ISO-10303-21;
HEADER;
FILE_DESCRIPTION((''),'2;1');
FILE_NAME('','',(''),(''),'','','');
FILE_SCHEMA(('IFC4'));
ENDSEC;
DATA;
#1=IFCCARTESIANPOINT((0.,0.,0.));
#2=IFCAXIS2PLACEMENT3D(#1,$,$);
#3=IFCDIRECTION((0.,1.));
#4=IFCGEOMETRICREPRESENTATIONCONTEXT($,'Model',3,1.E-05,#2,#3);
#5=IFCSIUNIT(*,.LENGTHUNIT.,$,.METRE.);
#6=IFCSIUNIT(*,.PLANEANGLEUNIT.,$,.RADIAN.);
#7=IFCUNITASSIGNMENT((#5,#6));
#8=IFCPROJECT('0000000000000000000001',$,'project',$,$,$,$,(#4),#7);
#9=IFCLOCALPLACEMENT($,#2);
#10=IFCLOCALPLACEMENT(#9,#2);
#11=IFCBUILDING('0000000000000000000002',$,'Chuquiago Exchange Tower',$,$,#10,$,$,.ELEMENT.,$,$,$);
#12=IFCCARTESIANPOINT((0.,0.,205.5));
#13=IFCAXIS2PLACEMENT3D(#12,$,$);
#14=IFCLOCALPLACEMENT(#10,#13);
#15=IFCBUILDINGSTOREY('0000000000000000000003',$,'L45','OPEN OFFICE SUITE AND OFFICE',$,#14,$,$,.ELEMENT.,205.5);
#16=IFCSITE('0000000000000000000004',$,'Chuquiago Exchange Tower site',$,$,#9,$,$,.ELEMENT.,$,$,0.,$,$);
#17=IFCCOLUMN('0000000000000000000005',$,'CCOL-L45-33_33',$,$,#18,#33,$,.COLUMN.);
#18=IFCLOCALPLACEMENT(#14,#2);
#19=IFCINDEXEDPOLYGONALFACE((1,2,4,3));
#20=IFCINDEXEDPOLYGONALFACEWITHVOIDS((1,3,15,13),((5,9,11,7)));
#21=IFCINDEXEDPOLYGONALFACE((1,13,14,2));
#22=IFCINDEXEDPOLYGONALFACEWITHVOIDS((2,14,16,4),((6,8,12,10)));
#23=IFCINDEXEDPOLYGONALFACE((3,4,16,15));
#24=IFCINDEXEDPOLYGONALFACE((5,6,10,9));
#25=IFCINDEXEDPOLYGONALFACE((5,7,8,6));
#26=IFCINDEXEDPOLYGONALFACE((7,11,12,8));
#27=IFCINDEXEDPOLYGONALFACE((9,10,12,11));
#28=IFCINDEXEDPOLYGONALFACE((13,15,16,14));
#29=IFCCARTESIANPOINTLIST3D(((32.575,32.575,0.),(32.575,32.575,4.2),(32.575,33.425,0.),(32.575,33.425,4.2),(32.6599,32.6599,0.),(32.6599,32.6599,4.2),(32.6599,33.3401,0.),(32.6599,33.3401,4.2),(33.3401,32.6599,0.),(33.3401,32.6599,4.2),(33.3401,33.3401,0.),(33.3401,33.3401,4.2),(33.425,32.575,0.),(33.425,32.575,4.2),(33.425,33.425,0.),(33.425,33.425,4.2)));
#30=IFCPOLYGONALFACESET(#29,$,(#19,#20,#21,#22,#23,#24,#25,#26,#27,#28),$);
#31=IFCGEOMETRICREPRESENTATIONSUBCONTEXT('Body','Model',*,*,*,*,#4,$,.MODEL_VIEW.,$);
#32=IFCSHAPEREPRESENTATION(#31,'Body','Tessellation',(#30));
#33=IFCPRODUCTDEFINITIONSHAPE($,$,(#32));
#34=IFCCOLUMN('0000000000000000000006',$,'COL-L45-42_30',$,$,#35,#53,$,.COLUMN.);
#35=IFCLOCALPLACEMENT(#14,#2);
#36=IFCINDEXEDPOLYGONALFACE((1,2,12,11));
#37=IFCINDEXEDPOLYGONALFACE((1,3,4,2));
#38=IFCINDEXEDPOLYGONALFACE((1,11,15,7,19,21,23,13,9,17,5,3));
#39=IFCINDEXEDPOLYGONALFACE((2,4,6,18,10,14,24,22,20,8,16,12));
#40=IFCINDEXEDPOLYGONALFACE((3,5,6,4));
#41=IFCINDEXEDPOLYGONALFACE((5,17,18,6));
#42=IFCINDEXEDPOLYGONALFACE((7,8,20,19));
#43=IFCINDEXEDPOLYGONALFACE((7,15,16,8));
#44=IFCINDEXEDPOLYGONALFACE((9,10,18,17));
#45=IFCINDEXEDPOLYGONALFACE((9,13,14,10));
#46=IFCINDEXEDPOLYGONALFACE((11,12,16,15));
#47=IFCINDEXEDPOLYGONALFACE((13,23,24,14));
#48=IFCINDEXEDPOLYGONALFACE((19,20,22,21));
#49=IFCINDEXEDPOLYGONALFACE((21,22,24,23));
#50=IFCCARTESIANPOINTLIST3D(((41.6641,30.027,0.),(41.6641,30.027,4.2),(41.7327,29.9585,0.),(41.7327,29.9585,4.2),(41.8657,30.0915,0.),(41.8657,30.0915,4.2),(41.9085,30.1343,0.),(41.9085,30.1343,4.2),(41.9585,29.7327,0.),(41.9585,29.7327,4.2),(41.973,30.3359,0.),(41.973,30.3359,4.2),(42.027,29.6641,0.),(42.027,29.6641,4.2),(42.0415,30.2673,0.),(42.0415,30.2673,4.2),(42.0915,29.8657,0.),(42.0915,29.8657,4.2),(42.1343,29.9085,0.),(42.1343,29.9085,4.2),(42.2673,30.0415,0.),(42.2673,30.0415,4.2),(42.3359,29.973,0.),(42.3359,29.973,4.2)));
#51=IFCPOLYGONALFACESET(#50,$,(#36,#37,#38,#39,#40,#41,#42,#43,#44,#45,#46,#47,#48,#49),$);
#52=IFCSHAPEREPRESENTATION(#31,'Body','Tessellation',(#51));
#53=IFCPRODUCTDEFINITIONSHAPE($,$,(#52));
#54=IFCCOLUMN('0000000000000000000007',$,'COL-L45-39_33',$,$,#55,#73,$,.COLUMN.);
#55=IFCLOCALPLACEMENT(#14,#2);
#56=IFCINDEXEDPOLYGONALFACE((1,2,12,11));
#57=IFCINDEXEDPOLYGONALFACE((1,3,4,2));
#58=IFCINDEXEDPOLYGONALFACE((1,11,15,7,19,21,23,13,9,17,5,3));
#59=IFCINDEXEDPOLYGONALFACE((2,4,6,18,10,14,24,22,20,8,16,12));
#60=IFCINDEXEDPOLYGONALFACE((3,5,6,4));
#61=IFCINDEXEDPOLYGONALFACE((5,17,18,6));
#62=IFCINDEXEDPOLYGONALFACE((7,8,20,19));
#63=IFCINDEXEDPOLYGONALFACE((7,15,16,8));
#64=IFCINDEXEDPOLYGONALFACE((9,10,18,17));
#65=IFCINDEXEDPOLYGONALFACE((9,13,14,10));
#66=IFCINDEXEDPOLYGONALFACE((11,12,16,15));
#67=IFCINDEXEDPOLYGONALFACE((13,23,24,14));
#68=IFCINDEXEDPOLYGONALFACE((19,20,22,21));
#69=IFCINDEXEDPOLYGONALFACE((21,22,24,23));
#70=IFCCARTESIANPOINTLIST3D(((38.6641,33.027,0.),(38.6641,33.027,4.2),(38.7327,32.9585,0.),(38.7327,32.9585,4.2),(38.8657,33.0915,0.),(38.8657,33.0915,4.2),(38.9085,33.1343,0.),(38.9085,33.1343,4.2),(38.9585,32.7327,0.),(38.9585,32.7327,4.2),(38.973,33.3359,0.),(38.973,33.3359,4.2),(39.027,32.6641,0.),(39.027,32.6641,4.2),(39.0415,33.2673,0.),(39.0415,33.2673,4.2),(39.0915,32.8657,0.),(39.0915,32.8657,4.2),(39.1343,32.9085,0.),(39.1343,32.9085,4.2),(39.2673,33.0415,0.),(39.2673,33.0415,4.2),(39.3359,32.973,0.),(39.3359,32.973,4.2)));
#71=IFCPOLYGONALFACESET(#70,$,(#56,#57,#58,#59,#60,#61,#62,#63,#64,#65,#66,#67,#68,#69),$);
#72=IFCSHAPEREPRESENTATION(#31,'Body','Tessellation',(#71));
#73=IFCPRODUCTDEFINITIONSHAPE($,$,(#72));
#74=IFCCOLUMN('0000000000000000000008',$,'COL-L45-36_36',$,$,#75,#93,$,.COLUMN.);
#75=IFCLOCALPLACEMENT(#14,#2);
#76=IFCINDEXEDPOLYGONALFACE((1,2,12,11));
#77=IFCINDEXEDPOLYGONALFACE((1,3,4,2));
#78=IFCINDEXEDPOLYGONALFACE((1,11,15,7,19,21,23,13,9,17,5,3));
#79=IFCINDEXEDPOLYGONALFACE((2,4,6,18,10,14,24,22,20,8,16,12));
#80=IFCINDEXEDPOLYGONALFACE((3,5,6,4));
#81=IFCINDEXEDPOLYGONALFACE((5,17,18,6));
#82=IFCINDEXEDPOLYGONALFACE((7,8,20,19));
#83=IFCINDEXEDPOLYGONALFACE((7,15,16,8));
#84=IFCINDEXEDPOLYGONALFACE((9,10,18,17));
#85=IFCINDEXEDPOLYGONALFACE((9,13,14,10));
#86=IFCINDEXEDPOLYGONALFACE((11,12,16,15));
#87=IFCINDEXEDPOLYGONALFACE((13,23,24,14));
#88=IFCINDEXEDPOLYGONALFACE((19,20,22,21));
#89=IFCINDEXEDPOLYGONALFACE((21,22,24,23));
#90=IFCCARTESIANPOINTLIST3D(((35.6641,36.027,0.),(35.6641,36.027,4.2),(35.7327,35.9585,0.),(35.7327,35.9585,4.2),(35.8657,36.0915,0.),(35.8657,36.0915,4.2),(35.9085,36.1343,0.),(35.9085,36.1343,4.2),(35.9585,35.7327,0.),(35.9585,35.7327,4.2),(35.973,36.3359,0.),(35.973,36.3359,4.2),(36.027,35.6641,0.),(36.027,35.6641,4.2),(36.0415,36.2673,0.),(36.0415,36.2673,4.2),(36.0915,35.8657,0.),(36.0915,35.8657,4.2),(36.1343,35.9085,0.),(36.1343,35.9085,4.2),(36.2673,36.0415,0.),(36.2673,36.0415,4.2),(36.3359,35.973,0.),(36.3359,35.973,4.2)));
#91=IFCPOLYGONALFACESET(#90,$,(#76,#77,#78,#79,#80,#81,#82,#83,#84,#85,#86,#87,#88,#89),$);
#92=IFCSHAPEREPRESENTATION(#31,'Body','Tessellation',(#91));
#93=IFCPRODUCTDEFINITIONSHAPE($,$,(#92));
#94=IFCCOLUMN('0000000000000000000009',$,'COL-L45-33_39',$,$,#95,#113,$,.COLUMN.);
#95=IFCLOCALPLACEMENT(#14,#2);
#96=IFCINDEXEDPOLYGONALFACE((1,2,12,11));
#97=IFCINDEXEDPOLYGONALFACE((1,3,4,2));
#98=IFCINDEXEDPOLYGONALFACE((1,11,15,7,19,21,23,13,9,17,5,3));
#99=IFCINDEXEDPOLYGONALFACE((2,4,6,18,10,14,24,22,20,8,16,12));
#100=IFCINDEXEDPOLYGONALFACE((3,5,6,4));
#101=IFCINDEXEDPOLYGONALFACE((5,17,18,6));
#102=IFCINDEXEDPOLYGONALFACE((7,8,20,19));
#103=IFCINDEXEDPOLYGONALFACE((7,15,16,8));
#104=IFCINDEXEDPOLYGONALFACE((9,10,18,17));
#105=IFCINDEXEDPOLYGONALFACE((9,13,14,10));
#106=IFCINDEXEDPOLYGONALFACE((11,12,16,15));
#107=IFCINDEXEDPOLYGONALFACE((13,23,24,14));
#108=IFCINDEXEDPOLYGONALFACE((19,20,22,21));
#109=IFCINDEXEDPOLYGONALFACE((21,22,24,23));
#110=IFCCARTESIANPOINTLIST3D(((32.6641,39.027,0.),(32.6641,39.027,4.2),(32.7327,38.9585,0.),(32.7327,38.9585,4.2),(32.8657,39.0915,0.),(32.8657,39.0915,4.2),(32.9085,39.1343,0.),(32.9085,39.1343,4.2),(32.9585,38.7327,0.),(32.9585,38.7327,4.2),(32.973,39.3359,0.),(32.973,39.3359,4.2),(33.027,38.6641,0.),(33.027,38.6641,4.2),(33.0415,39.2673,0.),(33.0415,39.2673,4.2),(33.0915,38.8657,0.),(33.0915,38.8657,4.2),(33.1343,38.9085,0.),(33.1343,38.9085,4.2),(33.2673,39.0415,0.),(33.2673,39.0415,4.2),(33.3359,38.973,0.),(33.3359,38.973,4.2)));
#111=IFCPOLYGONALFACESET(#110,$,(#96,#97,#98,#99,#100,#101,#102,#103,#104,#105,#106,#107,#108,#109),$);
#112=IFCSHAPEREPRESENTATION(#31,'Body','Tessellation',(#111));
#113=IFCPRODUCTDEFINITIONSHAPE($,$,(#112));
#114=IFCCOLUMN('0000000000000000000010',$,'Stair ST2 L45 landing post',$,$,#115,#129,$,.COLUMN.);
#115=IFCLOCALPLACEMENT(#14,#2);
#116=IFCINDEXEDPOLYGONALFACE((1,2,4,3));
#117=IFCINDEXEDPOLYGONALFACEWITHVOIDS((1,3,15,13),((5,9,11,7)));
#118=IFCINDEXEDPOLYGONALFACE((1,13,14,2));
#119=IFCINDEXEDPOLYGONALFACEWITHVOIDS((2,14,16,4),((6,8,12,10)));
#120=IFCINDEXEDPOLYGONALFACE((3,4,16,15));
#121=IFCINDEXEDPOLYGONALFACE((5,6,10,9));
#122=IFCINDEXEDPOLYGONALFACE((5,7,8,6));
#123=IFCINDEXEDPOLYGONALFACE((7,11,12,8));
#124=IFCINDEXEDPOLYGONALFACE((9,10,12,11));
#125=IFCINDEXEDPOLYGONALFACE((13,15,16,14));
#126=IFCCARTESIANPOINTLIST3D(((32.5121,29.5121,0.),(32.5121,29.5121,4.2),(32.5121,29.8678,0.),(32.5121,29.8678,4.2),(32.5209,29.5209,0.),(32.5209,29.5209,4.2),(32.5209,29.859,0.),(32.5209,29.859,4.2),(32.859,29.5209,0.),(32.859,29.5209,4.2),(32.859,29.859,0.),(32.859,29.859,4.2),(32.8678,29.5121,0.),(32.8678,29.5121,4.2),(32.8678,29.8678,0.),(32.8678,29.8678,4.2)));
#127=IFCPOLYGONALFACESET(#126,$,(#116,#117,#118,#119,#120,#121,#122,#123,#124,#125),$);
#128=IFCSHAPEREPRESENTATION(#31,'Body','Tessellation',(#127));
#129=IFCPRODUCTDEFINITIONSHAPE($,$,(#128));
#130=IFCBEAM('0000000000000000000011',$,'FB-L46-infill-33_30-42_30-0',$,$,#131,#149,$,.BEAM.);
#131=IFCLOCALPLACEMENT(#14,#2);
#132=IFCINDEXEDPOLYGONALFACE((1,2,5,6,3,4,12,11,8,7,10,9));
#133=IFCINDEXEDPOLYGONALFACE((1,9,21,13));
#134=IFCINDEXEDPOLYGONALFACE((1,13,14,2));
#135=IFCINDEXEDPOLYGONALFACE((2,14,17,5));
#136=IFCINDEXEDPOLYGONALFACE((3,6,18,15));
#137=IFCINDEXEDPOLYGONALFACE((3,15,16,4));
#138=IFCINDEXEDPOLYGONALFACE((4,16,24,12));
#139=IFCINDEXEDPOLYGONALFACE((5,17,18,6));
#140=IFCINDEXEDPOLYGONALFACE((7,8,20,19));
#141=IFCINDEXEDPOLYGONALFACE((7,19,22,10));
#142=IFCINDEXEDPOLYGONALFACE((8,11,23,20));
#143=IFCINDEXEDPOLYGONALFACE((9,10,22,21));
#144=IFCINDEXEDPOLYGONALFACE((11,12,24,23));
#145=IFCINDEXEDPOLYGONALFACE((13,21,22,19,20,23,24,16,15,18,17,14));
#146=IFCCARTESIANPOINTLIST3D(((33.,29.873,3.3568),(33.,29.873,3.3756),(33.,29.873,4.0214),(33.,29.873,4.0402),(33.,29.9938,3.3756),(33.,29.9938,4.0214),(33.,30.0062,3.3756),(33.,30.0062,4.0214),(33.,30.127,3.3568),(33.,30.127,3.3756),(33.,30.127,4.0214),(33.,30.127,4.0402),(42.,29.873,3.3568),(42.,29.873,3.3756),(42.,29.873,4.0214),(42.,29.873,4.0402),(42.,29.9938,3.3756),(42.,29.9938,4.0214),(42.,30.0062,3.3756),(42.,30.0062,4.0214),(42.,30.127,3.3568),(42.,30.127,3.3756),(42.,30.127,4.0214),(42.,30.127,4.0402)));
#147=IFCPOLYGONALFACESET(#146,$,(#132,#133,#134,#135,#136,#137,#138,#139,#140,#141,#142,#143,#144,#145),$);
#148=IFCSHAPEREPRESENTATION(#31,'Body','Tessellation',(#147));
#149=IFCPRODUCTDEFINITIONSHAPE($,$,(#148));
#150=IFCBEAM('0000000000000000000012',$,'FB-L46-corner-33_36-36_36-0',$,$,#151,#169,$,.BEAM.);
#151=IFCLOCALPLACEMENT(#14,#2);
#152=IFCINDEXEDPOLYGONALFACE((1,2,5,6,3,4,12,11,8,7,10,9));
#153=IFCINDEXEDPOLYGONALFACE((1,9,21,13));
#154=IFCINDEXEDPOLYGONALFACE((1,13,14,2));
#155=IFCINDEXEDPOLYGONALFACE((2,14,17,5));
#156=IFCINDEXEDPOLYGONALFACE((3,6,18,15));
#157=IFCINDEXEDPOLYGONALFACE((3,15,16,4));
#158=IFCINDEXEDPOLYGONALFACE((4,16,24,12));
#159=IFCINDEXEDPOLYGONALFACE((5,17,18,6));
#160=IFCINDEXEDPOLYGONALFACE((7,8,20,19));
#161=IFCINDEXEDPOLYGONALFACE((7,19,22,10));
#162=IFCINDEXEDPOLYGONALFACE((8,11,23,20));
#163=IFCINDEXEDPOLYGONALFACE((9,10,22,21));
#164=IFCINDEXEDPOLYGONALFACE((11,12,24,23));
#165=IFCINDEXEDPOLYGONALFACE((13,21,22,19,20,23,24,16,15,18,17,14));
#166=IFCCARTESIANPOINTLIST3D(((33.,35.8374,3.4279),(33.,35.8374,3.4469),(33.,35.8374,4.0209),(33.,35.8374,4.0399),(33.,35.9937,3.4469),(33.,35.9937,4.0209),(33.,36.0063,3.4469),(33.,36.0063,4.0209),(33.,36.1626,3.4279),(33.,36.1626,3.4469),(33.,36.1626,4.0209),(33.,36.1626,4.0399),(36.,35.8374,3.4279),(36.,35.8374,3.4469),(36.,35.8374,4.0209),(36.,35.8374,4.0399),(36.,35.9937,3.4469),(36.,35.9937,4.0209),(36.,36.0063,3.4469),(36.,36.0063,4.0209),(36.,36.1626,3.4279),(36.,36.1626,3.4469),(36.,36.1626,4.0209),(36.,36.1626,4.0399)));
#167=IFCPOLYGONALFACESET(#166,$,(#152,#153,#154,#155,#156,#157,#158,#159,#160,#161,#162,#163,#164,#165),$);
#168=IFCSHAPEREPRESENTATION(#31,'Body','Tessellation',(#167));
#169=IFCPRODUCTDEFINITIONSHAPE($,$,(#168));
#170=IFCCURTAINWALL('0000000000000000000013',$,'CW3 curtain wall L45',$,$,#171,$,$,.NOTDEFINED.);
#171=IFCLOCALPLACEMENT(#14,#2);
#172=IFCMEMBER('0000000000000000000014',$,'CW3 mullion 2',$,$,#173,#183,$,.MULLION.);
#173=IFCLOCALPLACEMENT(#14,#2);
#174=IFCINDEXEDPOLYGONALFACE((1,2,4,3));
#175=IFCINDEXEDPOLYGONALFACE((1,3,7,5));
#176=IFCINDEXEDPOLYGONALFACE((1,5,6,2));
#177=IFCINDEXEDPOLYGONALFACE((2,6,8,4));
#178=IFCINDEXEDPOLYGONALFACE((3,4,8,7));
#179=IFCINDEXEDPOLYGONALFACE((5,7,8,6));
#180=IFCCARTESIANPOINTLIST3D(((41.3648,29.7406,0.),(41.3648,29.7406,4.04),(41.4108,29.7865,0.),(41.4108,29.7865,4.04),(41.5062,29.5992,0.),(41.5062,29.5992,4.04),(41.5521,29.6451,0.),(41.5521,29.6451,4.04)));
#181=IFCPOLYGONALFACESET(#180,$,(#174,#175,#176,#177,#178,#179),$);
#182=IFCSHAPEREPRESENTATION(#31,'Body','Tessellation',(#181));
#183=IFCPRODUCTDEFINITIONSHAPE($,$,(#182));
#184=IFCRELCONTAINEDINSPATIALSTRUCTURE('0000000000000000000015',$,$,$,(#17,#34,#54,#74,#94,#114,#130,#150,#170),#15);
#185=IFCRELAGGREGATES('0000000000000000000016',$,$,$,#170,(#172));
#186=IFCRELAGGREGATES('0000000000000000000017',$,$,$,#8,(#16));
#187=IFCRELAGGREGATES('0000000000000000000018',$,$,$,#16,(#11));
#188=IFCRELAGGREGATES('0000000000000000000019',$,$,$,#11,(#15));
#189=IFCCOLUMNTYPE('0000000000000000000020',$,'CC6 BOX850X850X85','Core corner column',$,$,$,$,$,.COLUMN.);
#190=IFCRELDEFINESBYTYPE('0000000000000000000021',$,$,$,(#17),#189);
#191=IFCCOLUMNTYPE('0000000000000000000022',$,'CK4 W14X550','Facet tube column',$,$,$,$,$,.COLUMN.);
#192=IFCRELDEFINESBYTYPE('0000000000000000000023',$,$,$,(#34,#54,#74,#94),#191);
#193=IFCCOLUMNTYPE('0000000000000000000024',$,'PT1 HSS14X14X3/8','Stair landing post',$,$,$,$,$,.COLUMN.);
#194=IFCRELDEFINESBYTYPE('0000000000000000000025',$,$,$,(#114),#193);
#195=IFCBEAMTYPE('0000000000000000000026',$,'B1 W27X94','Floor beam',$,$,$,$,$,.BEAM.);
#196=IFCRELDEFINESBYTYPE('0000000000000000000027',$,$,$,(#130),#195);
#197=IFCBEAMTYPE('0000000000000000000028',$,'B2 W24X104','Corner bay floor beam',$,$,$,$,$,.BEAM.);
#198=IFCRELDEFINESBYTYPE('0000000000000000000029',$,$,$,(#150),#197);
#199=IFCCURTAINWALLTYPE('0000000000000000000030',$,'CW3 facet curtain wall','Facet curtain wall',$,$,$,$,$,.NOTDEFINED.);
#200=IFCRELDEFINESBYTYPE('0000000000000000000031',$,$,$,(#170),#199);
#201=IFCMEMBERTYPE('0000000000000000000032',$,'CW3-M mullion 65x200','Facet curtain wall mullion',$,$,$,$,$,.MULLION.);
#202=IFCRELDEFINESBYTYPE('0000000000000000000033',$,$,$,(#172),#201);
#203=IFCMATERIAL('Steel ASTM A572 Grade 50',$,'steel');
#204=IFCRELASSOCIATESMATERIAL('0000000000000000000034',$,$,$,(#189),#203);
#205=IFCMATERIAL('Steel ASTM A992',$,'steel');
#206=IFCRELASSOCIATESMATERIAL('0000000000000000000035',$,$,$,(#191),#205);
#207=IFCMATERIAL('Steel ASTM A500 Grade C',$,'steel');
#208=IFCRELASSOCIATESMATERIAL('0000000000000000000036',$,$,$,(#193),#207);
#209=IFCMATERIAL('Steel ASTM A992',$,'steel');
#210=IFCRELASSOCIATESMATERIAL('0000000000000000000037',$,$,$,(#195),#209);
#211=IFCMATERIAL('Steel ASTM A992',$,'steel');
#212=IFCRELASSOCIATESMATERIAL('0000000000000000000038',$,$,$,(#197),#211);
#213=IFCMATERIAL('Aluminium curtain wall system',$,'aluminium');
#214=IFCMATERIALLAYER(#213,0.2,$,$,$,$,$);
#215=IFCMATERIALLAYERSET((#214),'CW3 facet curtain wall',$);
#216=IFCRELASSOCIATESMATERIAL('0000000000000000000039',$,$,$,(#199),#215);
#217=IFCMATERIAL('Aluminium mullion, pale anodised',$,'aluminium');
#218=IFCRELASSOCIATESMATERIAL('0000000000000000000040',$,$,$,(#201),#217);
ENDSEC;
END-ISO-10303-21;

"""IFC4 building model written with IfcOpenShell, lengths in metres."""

from ifc_helpers import new_model, si_unit, direction, frame, origin, origin_2d, place, context, subcontext, project, spatial, rectangle, hollow_rectangle, i_section, extrude, material, layer, layer_set, material_profile, profile_set, type_object, element, aggregate, save


model = new_model("IFC4")

# Units and contexts
model_context = context("Model", 3, precision=1e-05, world=origin(), true_north=direction((0.0, 1.0)))
body_context = subcontext(model_context, "Body", "Model", "MODEL_VIEW")
ifc_project = project(units=[si_unit("LENGTHUNIT", "METRE"), si_unit("PLANEANGLEUNIT", "RADIAN")], contexts=[model_context])

# Site, building, storey
site_placement = place(None, origin())
site = spatial("IfcSite", under=ifc_project, at=site_placement, Name="Chuquiago Exchange Tower site", CompositionType="ELEMENT", RefElevation=0.0)
building_placement = place(site_placement, origin())
building = spatial("IfcBuilding", under=site, at=building_placement, Name="Chuquiago Exchange Tower", CompositionType="ELEMENT")
storey_placement = place(building_placement, frame((0.0, 0.0, 205.5)))
storey = spatial("IfcBuildingStorey", under=building, at=storey_placement, Name="L45", Description="OPEN OFFICE SUITE AND OFFICE", CompositionType="ELEMENT", Elevation=205.5)

# Columns
ifc_material_1 = material(Name="Steel ASTM A572 Grade 50", Category="steel")
ifc_material_profile_1 = material_profile(ifc_material_1, hollow_rectangle(XDim=0.8501, YDim=0.8501, WallThickness=0.085, at=origin_2d()), Name="BOX850X850X85")
ifc_profile_set_1 = profile_set([ifc_material_profile_1], Name="Steel ASTM A572 Grade 50")
column_type_1 = type_object("IfcColumnType", Name="CC6 BOX850X850X85", Description="Core corner column", PredefinedType="COLUMN", material=ifc_profile_set_1)
column_1_placement = place(storey_placement, frame((33.0, 33.0, 0.0), z_axis=(0.0, 0.0, 1.0), x_axis=(1.0, 0.0, 0.0)))
element("IfcColumn", 1, at=column_1_placement, inside=storey, type_object=column_type_1, Name="CCOL-L45-33_33", PredefinedType="COLUMN", context=body_context, shape_type="SweptSolid", body=[
    extrude(hollow_rectangle(XDim=0.8501, YDim=0.8501, WallThickness=0.085, at=origin_2d()), origin(), (0.0, 0.0, 1.0), 4.2),
])
ifc_material_2 = material(Name="Steel ASTM A992", Category="steel")
ifc_material_profile_2 = material_profile(ifc_material_2, i_section(OverallWidth=0.4368, OverallDepth=0.5132, WebThickness=0.0605, FlangeThickness=0.0969, at=origin_2d()), Name="W14X550")
ifc_profile_set_2 = profile_set([ifc_material_profile_2], Name="Steel ASTM A992")
column_type_2 = type_object("IfcColumnType", Name="CK4 W14X550", Description="Facet tube column", PredefinedType="COLUMN", material=ifc_profile_set_2)
for number, where, z_axis, x_axis, name in (
    (2, (42.0, 30.0, 0.0), (0.0, 0.0, 1.0), (0.707107, 0.707107, 0.0), "COL-L45-42_30"),
    (3, (39.0, 33.0, 0.0), (0.0, 0.0, 1.0), (0.707107, 0.707107, 0.0), "COL-L45-39_33"),
    (4, (36.0, 36.0, 0.0), (0.0, 0.0, 1.0), (0.707107, 0.707107, 0.0), "COL-L45-36_36"),
    (5, (33.0, 39.0, 0.0), (0.0, 0.0, 1.0), (0.707107, 0.707107, 0.0), "COL-L45-33_39"),
):
    element("IfcColumn", number, at=place(storey_placement, frame(where, z_axis=z_axis, x_axis=x_axis)), inside=storey, type_object=column_type_2, Name=name, PredefinedType="COLUMN", context=body_context, shape_type="SweptSolid", body=[
        extrude(i_section(OverallWidth=0.4368, OverallDepth=0.5132, WebThickness=0.0605, FlangeThickness=0.0969, at=origin_2d()), origin(), (0.0, 0.0, 1.0), 4.2),
    ])
ifc_material_3 = material(Name="Steel ASTM A500 Grade C", Category="steel")
ifc_material_profile_3 = material_profile(ifc_material_3, hollow_rectangle(XDim=0.3557, YDim=0.3557, WallThickness=0.0088, at=origin_2d()), Name="HSS14X14X3/8")
ifc_profile_set_3 = profile_set([ifc_material_profile_3], Name="Steel ASTM A500 Grade C")
column_type_3 = type_object("IfcColumnType", Name="PT1 HSS14X14X3/8", Description="Stair landing post", PredefinedType="COLUMN", material=ifc_profile_set_3)
column_2_placement = place(storey_placement, frame((32.6899, 29.6899, 0.0), z_axis=(0.0, 0.0, 1.0), x_axis=(1.0, 0.0, 0.0)))
element("IfcColumn", 6, at=column_2_placement, inside=storey, type_object=column_type_3, Name="Stair ST2 L45 landing post", PredefinedType="COLUMN", context=body_context, shape_type="SweptSolid", body=[
    extrude(hollow_rectangle(XDim=0.3557, YDim=0.3557, WallThickness=0.0088, at=origin_2d()), origin(), (0.0, 0.0, 1.0), 4.2),
])

# Beams
ifc_material_4 = material(Name="Steel ASTM A992", Category="steel")
ifc_material_profile_4 = material_profile(ifc_material_4, i_section(OverallWidth=0.2539, OverallDepth=0.6833, WebThickness=0.0125, FlangeThickness=0.0188, at=origin_2d()), Name="W27X94")
ifc_profile_set_4 = profile_set([ifc_material_profile_4], Name="Steel ASTM A992")
beam_type_1 = type_object("IfcBeamType", Name="B1 W27X94", Description="Floor beam", PredefinedType="BEAM", material=ifc_profile_set_4)
beam_1_placement = place(storey_placement, frame((33.0, 30.0, 3.6985), z_axis=(1.0, 0.0, 0.0), x_axis=(0.0, 1.0, 0.0)))
element("IfcBeam", 7, at=beam_1_placement, inside=storey, type_object=beam_type_1, Name="FB-L46-infill-33_30-42_30-0", PredefinedType="BEAM", context=body_context, shape_type="SweptSolid", body=[
    extrude(i_section(OverallWidth=0.2539, OverallDepth=0.6833, WebThickness=0.0125, FlangeThickness=0.0188, at=origin_2d()), origin(), (0.0, 0.0, 1.0), 9.0),
])
ifc_material_5 = material(Name="Steel ASTM A992", Category="steel")
ifc_material_profile_5 = material_profile(ifc_material_5, i_section(OverallWidth=0.3252, OverallDepth=0.6121, WebThickness=0.0127, FlangeThickness=0.019, at=origin_2d()), Name="W24X104")
ifc_profile_set_5 = profile_set([ifc_material_profile_5], Name="Steel ASTM A992")
beam_type_2 = type_object("IfcBeamType", Name="B2 W24X104", Description="Corner bay floor beam", PredefinedType="BEAM", material=ifc_profile_set_5)
beam_2_placement = place(storey_placement, frame((33.0, 36.0, 3.7339), z_axis=(1.0, 0.0, 0.0), x_axis=(0.0, 1.0, 0.0)))
element("IfcBeam", 8, at=beam_2_placement, inside=storey, type_object=beam_type_2, Name="FB-L46-corner-33_36-36_36-0", PredefinedType="BEAM", context=body_context, shape_type="SweptSolid", body=[
    extrude(i_section(OverallWidth=0.3252, OverallDepth=0.6121, WebThickness=0.0127, FlangeThickness=0.019, at=origin_2d()), origin(), (0.0, 0.0, 1.0), 3.0),
])

# Curtain wall, member
ifc_material_6 = material(Name="Aluminium curtain wall system", Category="aluminium")
ifc_layer_1 = layer(ifc_material_6, 0.2)
ifc_layer_set_1 = layer_set([ifc_layer_1], Name="CW3 facet curtain wall")
curtain_wall_type = type_object("IfcCurtainWallType", Name="CW3 facet curtain wall", Description="Facet curtain wall", PredefinedType="NOTDEFINED", material=ifc_layer_set_1)
curtain_wall_placement = place(storey_placement, origin())
curtain_wall = element("IfcCurtainWall", 9, at=curtain_wall_placement, inside=storey, type_object=curtain_wall_type, Name="CW3 curtain wall L45", PredefinedType="NOTDEFINED")
ifc_material_7 = material(Name="Aluminium mullion, pale anodised", Category="aluminium")
ifc_material_profile_6 = material_profile(ifc_material_7, rectangle(XDim=0.0649, YDim=0.2, at=origin_2d()), Name="AL 65x200")
ifc_profile_set_6 = profile_set([ifc_material_profile_6], Name="Aluminium mullion, pale anodised")
member_type_1 = type_object("IfcMemberType", Name="CW3-M mullion 65x200", Description="Facet curtain wall mullion", PredefinedType="MULLION", material=ifc_profile_set_6)
member_1_placement = place(storey_placement, frame((41.4585, 29.6929, 0.0), z_axis=(0.0, 0.0, 1.0), x_axis=(-0.707107, -0.707107, 0.0)))
member_1 = element("IfcMember", 10, at=member_1_placement, type_object=member_type_1, Name="CW3 mullion 2", PredefinedType="MULLION", context=body_context, shape_type="SweptSolid", body=[
    extrude(rectangle(XDim=0.0649, YDim=0.2, at=origin_2d()), origin(), (0.0, 0.0, 1.0), 4.04),
])

aggregate(curtain_wall, [member_1])

save(model, "model.ifc")
